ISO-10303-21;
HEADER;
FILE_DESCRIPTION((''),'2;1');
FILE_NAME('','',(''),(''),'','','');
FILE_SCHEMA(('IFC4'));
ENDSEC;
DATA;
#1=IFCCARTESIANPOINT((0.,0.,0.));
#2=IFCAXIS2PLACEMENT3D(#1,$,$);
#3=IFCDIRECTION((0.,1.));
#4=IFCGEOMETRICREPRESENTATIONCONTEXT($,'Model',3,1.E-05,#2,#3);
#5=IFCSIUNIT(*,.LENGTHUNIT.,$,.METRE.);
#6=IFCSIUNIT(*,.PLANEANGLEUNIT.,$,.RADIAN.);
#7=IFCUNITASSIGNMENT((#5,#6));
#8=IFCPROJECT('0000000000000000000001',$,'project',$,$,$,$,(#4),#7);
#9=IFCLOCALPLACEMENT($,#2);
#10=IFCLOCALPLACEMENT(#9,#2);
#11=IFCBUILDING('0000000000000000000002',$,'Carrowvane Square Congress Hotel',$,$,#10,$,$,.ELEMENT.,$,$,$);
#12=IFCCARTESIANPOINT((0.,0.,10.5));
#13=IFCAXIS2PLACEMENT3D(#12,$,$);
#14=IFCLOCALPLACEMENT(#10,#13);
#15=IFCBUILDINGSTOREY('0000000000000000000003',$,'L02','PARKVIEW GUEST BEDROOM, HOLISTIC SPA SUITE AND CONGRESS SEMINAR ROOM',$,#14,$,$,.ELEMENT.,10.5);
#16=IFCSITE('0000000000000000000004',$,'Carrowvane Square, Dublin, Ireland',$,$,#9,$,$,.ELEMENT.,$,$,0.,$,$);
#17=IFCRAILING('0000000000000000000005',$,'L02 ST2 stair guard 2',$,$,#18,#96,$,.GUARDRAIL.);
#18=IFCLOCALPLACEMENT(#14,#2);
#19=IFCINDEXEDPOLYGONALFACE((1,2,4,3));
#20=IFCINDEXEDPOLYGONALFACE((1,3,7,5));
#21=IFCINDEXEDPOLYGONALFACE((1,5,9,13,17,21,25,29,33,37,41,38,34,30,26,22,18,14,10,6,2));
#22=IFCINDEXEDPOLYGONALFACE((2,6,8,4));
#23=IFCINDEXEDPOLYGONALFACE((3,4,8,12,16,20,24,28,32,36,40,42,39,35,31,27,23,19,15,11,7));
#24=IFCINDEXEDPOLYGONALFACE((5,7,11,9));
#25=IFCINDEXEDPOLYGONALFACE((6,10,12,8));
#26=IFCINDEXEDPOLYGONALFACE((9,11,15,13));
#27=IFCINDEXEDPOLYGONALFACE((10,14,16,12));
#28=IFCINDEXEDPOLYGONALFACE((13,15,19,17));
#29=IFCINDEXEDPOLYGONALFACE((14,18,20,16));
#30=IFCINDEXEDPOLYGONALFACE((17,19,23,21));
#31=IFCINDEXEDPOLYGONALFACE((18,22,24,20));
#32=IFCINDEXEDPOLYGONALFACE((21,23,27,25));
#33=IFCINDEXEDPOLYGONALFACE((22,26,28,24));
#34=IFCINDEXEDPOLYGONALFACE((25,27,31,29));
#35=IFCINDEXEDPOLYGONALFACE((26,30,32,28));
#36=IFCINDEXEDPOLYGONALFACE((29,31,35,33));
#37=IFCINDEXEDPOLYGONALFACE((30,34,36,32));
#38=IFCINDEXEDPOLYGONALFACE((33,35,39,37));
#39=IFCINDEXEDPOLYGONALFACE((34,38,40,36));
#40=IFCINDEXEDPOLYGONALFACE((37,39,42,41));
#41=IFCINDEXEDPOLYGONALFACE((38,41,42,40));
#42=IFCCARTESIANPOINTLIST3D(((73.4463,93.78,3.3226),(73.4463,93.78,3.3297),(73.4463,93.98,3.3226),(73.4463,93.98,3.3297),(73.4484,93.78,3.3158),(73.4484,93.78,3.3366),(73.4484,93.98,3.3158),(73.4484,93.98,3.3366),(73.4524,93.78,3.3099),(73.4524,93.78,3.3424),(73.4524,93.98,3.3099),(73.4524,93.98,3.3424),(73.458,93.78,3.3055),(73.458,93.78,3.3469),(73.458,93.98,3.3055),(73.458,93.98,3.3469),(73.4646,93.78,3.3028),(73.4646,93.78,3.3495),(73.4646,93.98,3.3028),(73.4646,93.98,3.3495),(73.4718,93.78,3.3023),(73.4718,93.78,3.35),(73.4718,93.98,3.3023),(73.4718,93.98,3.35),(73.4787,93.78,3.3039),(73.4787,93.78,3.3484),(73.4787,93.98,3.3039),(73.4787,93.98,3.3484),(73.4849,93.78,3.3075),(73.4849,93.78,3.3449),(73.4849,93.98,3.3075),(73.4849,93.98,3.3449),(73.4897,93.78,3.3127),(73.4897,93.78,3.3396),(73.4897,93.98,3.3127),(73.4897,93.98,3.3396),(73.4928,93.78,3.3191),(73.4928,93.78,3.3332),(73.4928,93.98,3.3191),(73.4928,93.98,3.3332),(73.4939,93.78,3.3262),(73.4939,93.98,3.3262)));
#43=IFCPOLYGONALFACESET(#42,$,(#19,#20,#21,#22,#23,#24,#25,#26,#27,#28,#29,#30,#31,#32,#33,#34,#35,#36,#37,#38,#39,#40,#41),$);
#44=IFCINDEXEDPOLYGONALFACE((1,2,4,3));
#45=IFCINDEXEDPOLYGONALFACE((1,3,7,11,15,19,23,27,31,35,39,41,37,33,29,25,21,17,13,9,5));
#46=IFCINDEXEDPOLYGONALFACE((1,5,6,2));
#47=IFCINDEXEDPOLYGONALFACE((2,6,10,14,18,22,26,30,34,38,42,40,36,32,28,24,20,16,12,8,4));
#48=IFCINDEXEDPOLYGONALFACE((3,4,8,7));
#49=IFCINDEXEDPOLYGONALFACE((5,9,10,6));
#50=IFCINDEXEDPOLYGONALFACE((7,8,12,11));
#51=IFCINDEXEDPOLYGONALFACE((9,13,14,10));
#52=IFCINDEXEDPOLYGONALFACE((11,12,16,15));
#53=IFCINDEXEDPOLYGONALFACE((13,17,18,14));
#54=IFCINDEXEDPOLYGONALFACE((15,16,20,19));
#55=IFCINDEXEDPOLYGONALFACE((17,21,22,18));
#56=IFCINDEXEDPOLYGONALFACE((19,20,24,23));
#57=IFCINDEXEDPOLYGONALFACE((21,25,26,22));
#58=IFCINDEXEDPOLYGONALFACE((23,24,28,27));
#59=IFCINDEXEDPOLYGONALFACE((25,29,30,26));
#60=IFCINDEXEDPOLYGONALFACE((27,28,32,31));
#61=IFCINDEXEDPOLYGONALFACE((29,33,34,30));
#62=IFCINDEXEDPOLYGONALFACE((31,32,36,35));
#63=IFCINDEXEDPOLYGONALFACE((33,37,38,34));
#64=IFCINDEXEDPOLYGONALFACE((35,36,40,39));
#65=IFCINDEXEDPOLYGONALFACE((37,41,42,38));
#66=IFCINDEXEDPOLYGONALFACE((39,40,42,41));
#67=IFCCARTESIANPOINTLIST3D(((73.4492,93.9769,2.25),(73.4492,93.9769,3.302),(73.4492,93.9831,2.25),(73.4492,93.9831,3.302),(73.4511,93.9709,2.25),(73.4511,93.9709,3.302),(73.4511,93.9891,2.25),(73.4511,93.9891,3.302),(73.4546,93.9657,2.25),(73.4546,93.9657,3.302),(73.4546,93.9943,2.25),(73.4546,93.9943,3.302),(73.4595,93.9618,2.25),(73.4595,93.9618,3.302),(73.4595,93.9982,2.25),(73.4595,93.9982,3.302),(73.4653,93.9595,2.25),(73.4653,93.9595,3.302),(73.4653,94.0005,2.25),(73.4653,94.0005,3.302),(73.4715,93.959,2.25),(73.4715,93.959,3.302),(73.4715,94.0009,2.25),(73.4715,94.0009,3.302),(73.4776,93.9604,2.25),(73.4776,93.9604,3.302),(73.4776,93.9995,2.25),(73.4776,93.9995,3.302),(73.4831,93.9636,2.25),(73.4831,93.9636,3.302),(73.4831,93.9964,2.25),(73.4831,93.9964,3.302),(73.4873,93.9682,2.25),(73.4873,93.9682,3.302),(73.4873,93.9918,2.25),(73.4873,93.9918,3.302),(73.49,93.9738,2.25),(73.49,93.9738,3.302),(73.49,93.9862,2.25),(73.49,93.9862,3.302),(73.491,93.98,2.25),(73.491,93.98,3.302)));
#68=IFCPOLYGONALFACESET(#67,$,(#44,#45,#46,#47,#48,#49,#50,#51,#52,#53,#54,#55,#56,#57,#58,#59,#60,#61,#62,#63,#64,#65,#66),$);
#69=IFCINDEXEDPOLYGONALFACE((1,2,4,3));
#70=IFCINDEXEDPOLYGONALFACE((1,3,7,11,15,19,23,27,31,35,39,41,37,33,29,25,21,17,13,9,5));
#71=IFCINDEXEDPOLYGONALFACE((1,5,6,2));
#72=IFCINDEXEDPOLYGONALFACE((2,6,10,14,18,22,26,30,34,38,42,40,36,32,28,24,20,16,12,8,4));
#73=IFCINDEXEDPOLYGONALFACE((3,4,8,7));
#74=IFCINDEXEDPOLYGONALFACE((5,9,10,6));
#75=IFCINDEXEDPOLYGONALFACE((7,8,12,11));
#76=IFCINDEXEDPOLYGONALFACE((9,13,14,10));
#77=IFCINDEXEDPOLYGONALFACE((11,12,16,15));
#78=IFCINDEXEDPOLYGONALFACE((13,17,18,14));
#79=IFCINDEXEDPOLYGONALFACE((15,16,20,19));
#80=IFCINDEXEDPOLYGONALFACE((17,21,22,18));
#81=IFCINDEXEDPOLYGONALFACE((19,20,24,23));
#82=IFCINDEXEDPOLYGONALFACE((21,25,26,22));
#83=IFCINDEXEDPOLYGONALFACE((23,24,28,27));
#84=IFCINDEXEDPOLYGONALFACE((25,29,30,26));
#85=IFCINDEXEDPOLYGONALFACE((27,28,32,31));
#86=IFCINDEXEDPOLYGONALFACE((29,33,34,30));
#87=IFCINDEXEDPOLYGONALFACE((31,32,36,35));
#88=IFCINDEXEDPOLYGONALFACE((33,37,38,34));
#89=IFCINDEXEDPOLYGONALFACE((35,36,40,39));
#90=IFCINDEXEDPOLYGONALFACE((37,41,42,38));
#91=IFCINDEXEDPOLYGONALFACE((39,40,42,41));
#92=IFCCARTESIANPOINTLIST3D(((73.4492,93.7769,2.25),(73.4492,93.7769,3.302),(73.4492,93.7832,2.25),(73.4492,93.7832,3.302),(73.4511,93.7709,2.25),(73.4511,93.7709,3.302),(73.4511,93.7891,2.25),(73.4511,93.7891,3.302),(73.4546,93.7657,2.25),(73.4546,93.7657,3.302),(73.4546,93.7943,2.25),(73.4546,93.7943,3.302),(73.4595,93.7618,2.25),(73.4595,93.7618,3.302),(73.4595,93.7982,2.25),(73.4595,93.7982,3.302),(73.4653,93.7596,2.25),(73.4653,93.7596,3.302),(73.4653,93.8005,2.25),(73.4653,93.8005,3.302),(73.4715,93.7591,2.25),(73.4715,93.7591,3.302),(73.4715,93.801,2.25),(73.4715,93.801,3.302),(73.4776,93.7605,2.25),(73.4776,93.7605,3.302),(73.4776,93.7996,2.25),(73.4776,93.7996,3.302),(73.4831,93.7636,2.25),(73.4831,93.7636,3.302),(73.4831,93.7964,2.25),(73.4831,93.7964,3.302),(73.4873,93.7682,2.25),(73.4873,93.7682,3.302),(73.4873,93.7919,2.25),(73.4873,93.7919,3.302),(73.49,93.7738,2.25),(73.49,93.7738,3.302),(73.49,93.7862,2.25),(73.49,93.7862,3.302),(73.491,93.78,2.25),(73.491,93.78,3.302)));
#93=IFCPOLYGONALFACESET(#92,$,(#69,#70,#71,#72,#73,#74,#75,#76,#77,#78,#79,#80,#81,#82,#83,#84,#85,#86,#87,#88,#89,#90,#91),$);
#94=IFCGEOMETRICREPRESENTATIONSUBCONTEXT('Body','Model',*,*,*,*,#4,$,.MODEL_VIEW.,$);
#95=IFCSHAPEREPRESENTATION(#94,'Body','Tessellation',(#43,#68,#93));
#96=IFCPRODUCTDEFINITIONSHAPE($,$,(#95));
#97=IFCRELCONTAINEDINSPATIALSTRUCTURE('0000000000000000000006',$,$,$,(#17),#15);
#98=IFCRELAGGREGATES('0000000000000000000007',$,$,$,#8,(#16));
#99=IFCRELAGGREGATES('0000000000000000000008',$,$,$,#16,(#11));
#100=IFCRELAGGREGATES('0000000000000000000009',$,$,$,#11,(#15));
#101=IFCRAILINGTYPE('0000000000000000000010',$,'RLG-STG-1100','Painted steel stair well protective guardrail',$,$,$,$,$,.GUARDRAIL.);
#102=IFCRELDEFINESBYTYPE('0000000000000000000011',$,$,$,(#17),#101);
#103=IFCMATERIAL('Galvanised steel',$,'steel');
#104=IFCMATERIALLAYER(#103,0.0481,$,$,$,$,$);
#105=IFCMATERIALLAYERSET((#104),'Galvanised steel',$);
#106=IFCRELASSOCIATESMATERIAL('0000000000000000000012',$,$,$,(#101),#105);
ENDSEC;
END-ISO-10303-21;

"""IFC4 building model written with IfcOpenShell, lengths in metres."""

from ifc_helpers import new_model, si_unit, direction, frame, origin, origin_2d, place, context, subcontext, project, spatial, circle, extrude, material, layer, layer_set, type_object, element, save


model = new_model("IFC4")

# Units and contexts
model_context = context("Model", 3, precision=1e-05, world=origin(), true_north=direction((0.0, 1.0)))
body_context = subcontext(model_context, "Body", "Model", "MODEL_VIEW")
ifc_project = project(units=[si_unit("LENGTHUNIT", "METRE"), si_unit("PLANEANGLEUNIT", "RADIAN")], contexts=[model_context])

# Site, building, storey
site_placement = place(None, origin())
site = spatial("IfcSite", under=ifc_project, at=site_placement, Name="Carrowvane Square, Dublin, Ireland", CompositionType="ELEMENT", RefElevation=0.0)
building_placement = place(site_placement, origin())
building = spatial("IfcBuilding", under=site, at=building_placement, Name="Carrowvane Square Congress Hotel", CompositionType="ELEMENT")
storey_placement = place(building_placement, frame((0.0, 0.0, 10.5)))
storey = spatial("IfcBuildingStorey", under=building, at=storey_placement, Name="L02", Description="PARKVIEW GUEST BEDROOM, HOLISTIC SPA SUITE AND CONGRESS SEMINAR ROOM", CompositionType="ELEMENT", Elevation=10.5)

# Railing
ifc_material_1 = material(Name="Galvanised steel", Category="steel")
ifc_layer_1 = layer(ifc_material_1, 0.0481)
ifc_layer_set_1 = layer_set([ifc_layer_1], Name="Galvanised steel")
railing_type_1 = type_object("IfcRailingType", Name="RLG-STG-1100", Description="Painted steel stair well protective guardrail", PredefinedType="GUARDRAIL", material=ifc_layer_set_1)
railing_1_placement = place(storey_placement, frame((73.47, 93.98, 2.25)))
element("IfcRailing", 1, at=railing_1_placement, inside=storey, type_object=railing_type_1, Name="L02 ST2 stair guard 2", PredefinedType="GUARDRAIL", context=body_context, shape_type="SweptSolid", body=[
    extrude(circle(Radius=0.0239, at=origin_2d()), frame((0.0, 0.0, 1.0762), z_axis=(0.0, -1.0, 0.0), x_axis=(1.0, 0.0, 0.0)), (0.0, 0.0, 1.0), 0.2),
    extrude(circle(Radius=0.021, at=origin_2d()), origin(), (0.0, 0.0, 1.0), 1.052),
    extrude(circle(Radius=0.021, at=origin_2d()), frame((0.0, -0.2, 0.0)), (0.0, 0.0, 1.0), 1.052),
])

save(model, "model.ifc")
